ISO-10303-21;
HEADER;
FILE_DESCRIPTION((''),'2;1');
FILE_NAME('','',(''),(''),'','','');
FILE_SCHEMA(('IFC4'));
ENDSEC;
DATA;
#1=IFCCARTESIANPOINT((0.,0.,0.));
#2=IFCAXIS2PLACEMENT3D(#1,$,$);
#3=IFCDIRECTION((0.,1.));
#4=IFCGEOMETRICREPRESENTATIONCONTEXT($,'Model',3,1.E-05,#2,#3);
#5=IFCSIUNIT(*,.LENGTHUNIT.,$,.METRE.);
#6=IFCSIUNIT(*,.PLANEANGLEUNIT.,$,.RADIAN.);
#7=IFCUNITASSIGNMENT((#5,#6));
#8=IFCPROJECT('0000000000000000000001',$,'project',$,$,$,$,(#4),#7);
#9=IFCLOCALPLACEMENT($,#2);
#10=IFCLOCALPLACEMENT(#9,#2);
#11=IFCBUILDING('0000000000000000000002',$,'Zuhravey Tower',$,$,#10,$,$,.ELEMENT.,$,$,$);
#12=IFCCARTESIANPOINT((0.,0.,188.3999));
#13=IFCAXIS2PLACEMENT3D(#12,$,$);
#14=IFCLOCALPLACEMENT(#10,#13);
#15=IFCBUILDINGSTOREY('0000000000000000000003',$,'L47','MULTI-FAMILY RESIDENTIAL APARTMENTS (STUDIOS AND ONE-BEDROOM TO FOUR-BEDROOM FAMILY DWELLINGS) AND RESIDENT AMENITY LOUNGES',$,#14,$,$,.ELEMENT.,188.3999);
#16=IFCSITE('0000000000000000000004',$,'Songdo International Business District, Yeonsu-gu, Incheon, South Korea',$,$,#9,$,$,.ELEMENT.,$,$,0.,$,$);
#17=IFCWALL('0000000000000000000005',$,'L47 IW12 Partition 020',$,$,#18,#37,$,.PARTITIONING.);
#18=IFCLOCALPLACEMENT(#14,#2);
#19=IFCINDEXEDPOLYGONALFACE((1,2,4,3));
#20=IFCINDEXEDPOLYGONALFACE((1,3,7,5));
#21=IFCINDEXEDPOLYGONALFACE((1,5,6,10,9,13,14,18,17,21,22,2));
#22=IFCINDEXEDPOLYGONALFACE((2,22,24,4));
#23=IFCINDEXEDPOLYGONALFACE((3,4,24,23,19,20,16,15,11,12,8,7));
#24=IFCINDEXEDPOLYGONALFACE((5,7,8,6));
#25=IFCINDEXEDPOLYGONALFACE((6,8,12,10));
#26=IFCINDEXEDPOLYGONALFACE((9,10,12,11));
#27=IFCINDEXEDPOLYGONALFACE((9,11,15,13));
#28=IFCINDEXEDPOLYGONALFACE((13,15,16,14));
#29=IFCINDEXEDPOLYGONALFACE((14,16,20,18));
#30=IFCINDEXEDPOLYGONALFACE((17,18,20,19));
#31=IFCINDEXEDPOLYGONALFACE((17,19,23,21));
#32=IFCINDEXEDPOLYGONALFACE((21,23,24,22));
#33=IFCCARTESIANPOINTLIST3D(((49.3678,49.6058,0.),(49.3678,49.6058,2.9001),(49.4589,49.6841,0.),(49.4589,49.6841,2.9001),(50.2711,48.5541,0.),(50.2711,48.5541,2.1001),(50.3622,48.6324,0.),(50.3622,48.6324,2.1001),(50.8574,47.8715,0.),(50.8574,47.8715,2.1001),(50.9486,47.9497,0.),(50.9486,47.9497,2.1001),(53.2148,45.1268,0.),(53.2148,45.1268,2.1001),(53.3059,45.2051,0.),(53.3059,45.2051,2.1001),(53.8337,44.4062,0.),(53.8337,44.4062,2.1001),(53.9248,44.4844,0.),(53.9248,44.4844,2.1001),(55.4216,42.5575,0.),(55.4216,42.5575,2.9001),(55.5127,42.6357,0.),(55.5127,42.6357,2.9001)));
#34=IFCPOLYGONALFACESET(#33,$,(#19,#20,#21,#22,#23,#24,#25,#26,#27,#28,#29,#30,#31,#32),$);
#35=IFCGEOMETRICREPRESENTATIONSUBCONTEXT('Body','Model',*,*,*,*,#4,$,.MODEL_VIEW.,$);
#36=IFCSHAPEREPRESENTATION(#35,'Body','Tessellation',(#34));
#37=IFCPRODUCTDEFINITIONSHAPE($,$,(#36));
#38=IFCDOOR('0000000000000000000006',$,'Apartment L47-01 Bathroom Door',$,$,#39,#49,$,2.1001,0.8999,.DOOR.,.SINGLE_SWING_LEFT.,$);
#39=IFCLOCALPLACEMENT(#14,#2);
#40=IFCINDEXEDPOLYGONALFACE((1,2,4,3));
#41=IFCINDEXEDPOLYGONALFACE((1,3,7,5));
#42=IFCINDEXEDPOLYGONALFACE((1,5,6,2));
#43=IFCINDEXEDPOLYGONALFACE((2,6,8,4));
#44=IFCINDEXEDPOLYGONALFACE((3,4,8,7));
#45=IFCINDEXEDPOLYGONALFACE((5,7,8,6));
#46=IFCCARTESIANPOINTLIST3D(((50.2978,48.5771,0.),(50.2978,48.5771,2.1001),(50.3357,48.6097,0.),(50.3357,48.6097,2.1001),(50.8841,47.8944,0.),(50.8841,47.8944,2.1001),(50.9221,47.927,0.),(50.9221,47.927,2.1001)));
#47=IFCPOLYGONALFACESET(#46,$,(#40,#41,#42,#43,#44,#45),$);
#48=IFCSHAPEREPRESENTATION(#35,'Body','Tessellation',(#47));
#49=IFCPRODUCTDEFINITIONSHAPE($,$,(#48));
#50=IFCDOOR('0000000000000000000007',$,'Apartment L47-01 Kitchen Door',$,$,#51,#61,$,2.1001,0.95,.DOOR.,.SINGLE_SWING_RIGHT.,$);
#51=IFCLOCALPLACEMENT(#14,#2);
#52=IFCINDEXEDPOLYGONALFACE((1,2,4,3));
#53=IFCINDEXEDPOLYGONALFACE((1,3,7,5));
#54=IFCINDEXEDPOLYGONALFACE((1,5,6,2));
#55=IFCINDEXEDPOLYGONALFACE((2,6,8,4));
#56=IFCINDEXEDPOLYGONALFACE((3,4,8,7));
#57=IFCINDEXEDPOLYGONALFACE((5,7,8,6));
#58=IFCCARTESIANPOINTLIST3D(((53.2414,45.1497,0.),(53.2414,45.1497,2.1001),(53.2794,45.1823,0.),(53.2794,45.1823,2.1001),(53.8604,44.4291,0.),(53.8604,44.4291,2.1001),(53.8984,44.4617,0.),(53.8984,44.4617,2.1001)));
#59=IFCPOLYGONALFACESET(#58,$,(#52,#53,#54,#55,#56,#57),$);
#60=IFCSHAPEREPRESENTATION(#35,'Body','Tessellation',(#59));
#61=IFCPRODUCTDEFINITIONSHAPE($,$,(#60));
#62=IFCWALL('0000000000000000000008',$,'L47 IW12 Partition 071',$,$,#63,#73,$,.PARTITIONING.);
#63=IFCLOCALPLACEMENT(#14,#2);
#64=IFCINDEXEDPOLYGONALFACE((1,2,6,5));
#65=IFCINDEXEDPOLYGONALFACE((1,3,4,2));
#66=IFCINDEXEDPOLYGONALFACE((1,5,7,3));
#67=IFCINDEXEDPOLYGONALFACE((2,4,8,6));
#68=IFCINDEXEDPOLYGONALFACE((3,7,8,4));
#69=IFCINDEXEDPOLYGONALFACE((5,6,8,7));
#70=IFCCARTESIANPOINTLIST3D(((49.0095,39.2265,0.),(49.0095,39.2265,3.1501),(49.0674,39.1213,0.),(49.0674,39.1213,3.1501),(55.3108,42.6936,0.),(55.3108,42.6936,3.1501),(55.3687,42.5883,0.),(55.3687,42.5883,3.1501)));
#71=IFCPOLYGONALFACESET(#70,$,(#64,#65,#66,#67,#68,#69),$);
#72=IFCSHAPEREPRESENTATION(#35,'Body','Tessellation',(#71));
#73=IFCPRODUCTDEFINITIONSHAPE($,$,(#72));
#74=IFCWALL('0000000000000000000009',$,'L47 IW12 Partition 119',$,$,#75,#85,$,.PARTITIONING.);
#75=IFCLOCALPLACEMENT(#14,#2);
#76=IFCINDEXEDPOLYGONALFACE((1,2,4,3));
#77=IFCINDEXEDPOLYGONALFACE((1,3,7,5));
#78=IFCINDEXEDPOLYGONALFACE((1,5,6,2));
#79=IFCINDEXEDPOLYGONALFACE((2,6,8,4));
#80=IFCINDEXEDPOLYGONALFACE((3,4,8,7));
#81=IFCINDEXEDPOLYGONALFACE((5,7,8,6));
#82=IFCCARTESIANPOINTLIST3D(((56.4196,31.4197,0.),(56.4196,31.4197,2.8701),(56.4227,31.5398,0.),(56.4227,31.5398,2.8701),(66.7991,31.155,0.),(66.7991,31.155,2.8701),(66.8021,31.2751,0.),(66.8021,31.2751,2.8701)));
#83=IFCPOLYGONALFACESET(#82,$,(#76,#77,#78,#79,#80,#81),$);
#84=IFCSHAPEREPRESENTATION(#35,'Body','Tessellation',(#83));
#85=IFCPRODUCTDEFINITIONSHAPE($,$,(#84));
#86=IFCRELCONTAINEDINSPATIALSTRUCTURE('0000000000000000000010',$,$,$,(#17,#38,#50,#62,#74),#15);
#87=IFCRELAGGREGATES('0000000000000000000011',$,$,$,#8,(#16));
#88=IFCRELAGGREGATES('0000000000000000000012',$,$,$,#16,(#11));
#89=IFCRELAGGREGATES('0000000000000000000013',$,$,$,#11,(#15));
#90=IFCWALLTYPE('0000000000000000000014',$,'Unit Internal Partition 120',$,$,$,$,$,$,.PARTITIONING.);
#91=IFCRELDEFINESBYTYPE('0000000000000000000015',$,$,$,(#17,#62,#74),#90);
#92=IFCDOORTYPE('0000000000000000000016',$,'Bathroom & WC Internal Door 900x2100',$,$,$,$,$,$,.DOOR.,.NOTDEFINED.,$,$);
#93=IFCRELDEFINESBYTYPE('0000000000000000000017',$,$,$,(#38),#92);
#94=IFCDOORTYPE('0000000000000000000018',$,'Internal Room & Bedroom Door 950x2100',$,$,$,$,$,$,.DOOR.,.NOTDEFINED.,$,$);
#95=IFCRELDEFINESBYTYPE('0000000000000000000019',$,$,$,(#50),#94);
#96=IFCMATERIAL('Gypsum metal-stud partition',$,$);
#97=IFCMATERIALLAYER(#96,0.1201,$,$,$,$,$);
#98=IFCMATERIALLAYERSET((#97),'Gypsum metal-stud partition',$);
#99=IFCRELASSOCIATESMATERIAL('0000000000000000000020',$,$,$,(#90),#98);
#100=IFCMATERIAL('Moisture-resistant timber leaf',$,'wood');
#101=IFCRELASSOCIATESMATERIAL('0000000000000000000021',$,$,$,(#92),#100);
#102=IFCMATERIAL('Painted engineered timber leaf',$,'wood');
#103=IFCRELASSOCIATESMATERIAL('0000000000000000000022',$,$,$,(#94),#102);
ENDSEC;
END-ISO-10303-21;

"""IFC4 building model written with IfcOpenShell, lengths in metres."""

from ifc_helpers import new_model, si_unit, direction, frame, frame_2d, origin, place, context, subcontext, project, spatial, rectangle, extrude, material, layer, layer_set, type_object, element, fill, save


model = new_model("IFC4")

# Units and contexts
model_context = context("Model", 3, precision=1e-05, world=origin(), true_north=direction((0.0, 1.0)))
body_context = subcontext(model_context, "Body", "Model", "MODEL_VIEW")
ifc_project = project(units=[si_unit("LENGTHUNIT", "METRE"), si_unit("PLANEANGLEUNIT", "RADIAN")], contexts=[model_context])

# Site, building, storey
site_placement = place(None, origin())
site = spatial("IfcSite", under=ifc_project, at=site_placement, Name="Songdo International Business District, Yeonsu-gu, Incheon, South Korea", CompositionType="ELEMENT", RefElevation=0.0)
building_placement = place(site_placement, origin())
building = spatial("IfcBuilding", under=site, at=building_placement, Name="Zuhravey Tower", CompositionType="ELEMENT")
storey_placement = place(building_placement, frame((0.0, 0.0, 188.3999)))
storey = spatial("IfcBuildingStorey", under=building, at=storey_placement, Name="L47", Description="MULTI-FAMILY RESIDENTIAL APARTMENTS (STUDIOS AND ONE-BEDROOM TO FOUR-BEDROOM FAMILY DWELLINGS) AND RESIDENT AMENITY LOUNGES", CompositionType="ELEMENT", Elevation=188.3999)

# Wall, openings, doors
ifc_material_1 = material(Name="Gypsum metal-stud partition")
ifc_layer_1 = layer(ifc_material_1, 0.1201)
ifc_layer_set_1 = layer_set([ifc_layer_1], Name="Gypsum metal-stud partition")
wall_type_1 = type_object("IfcWallType", Name="Unit Internal Partition 120", PredefinedType="PARTITIONING", material=ifc_layer_set_1)
wall_1_placement = place(storey_placement, frame((55.467, 42.5967, 0.0), z_axis=(0.0, 0.0, 1.0), x_axis=(-0.651553, 0.758603, 0.0)))
wall_1 = element("IfcWall", 1, at=wall_1_placement, inside=storey, type_object=wall_type_1, Name="L47 IW12 Partition 020", PredefinedType="PARTITIONING", context=body_context, shape_type="SweptSolid", body=[
    extrude(rectangle(XDim=9.2913, YDim=0.1201, at=frame_2d((4.6455, 0.0))), origin(), (0.0, 0.0, 1.0), 2.9001),
])
opening_1_placement = place(wall_1_placement, frame((2.4368, 0.0, 0.0)))
opening_1 = element("IfcOpeningElement", 2, at=opening_1_placement, cuts=wall_1, PredefinedType="OPENING", context=body_context, shape_type="SweptSolid", body=[
    extrude(rectangle(XDim=0.95, YDim=2.1001, at=frame_2d((0.4751, 1.05))), frame((0.0, 0.072, 0.0), z_axis=(0.0, -1.0, 0.0), x_axis=(1.0, 0.0, 0.0)), (0.0, 0.0, 1.0), 0.144),
])
opening_2_placement = place(wall_1_placement, frame((7.0049, 0.0, 0.0)))
opening_2 = element("IfcOpeningElement", 3, at=opening_2_placement, cuts=wall_1, PredefinedType="OPENING", context=body_context, shape_type="SweptSolid", body=[
    extrude(rectangle(XDim=0.8999, YDim=2.1001, at=frame_2d((0.45, 1.05))), frame((0.0, 0.072, 0.0), z_axis=(0.0, -1.0, 0.0), x_axis=(1.0, 0.0, 0.0)), (0.0, 0.0, 1.0), 0.144),
])
ifc_material_2 = material(Name="Moisture-resistant timber leaf", Category="wood")
door_type_1 = type_object("IfcDoorType", Name="Bathroom & WC Internal Door 900x2100", OperationType="NOTDEFINED", PredefinedType="DOOR", material=ifc_material_2)
door_1_placement = place(opening_2_placement, origin())
door_1 = element("IfcDoor", 4, at=door_1_placement, inside=storey, type_object=door_type_1, Name="Apartment L47-01 Bathroom Door", OperationType="SINGLE_SWING_LEFT", OverallHeight=2.1001, OverallWidth=0.8999, PredefinedType="DOOR", context=body_context, shape_type="SweptSolid", body=[
    extrude(rectangle(XDim=0.8999, YDim=2.1001, at=frame_2d((0.45, 1.05))), frame((0.0, 0.0249, 0.0), z_axis=(0.0, -1.0, 0.0), x_axis=(1.0, 0.0, 0.0)), (0.0, 0.0, 1.0), 0.05),
])
fill(opening_2, door_1)
ifc_material_3 = material(Name="Painted engineered timber leaf", Category="wood")
door_type_2 = type_object("IfcDoorType", Name="Internal Room & Bedroom Door 950x2100", OperationType="NOTDEFINED", PredefinedType="DOOR", material=ifc_material_3)
door_2_placement = place(opening_1_placement, origin())
door_2 = element("IfcDoor", 5, at=door_2_placement, inside=storey, type_object=door_type_2, Name="Apartment L47-01 Kitchen Door", OperationType="SINGLE_SWING_RIGHT", OverallHeight=2.1001, OverallWidth=0.95, PredefinedType="DOOR", context=body_context, shape_type="SweptSolid", body=[
    extrude(rectangle(XDim=0.95, YDim=2.1001, at=frame_2d((0.4751, 1.05))), frame((0.0, 0.0249, 0.0), z_axis=(0.0, -1.0, 0.0), x_axis=(1.0, 0.0, 0.0)), (0.0, 0.0, 1.0), 0.05),
])
fill(opening_1, door_2)

# Walls
wall_2_placement = place(storey_placement, frame((49.0383, 39.1738, 0.0), z_axis=(0.0, 0.0, 1.0), x_axis=(0.876137, 0.482062, 0.0)))
element("IfcWall", 6, at=wall_2_placement, inside=storey, type_object=wall_type_1, Name="L47 IW12 Partition 071", PredefinedType="PARTITIONING", context=body_context, shape_type="SweptSolid", body=[
    extrude(rectangle(XDim=7.1921, YDim=0.1201, at=frame_2d((3.5962, 0.0))), origin(), (0.0, 0.0, 1.0), 3.1501),
])
wall_3_placement = place(storey_placement, frame((56.4211, 31.4797, 0.0), z_axis=(0.0, 0.0, 1.0), x_axis=(0.999675, -0.025489, 0.0)))
element("IfcWall", 7, at=wall_3_placement, inside=storey, type_object=wall_type_1, Name="L47 IW12 Partition 119", PredefinedType="PARTITIONING", context=body_context, shape_type="SweptSolid", body=[
    extrude(rectangle(XDim=10.3828, YDim=0.1201, at=frame_2d((5.1914, 0.0))), origin(), (0.0, 0.0, 1.0), 2.8701),
])

save(model, "model.ifc")
